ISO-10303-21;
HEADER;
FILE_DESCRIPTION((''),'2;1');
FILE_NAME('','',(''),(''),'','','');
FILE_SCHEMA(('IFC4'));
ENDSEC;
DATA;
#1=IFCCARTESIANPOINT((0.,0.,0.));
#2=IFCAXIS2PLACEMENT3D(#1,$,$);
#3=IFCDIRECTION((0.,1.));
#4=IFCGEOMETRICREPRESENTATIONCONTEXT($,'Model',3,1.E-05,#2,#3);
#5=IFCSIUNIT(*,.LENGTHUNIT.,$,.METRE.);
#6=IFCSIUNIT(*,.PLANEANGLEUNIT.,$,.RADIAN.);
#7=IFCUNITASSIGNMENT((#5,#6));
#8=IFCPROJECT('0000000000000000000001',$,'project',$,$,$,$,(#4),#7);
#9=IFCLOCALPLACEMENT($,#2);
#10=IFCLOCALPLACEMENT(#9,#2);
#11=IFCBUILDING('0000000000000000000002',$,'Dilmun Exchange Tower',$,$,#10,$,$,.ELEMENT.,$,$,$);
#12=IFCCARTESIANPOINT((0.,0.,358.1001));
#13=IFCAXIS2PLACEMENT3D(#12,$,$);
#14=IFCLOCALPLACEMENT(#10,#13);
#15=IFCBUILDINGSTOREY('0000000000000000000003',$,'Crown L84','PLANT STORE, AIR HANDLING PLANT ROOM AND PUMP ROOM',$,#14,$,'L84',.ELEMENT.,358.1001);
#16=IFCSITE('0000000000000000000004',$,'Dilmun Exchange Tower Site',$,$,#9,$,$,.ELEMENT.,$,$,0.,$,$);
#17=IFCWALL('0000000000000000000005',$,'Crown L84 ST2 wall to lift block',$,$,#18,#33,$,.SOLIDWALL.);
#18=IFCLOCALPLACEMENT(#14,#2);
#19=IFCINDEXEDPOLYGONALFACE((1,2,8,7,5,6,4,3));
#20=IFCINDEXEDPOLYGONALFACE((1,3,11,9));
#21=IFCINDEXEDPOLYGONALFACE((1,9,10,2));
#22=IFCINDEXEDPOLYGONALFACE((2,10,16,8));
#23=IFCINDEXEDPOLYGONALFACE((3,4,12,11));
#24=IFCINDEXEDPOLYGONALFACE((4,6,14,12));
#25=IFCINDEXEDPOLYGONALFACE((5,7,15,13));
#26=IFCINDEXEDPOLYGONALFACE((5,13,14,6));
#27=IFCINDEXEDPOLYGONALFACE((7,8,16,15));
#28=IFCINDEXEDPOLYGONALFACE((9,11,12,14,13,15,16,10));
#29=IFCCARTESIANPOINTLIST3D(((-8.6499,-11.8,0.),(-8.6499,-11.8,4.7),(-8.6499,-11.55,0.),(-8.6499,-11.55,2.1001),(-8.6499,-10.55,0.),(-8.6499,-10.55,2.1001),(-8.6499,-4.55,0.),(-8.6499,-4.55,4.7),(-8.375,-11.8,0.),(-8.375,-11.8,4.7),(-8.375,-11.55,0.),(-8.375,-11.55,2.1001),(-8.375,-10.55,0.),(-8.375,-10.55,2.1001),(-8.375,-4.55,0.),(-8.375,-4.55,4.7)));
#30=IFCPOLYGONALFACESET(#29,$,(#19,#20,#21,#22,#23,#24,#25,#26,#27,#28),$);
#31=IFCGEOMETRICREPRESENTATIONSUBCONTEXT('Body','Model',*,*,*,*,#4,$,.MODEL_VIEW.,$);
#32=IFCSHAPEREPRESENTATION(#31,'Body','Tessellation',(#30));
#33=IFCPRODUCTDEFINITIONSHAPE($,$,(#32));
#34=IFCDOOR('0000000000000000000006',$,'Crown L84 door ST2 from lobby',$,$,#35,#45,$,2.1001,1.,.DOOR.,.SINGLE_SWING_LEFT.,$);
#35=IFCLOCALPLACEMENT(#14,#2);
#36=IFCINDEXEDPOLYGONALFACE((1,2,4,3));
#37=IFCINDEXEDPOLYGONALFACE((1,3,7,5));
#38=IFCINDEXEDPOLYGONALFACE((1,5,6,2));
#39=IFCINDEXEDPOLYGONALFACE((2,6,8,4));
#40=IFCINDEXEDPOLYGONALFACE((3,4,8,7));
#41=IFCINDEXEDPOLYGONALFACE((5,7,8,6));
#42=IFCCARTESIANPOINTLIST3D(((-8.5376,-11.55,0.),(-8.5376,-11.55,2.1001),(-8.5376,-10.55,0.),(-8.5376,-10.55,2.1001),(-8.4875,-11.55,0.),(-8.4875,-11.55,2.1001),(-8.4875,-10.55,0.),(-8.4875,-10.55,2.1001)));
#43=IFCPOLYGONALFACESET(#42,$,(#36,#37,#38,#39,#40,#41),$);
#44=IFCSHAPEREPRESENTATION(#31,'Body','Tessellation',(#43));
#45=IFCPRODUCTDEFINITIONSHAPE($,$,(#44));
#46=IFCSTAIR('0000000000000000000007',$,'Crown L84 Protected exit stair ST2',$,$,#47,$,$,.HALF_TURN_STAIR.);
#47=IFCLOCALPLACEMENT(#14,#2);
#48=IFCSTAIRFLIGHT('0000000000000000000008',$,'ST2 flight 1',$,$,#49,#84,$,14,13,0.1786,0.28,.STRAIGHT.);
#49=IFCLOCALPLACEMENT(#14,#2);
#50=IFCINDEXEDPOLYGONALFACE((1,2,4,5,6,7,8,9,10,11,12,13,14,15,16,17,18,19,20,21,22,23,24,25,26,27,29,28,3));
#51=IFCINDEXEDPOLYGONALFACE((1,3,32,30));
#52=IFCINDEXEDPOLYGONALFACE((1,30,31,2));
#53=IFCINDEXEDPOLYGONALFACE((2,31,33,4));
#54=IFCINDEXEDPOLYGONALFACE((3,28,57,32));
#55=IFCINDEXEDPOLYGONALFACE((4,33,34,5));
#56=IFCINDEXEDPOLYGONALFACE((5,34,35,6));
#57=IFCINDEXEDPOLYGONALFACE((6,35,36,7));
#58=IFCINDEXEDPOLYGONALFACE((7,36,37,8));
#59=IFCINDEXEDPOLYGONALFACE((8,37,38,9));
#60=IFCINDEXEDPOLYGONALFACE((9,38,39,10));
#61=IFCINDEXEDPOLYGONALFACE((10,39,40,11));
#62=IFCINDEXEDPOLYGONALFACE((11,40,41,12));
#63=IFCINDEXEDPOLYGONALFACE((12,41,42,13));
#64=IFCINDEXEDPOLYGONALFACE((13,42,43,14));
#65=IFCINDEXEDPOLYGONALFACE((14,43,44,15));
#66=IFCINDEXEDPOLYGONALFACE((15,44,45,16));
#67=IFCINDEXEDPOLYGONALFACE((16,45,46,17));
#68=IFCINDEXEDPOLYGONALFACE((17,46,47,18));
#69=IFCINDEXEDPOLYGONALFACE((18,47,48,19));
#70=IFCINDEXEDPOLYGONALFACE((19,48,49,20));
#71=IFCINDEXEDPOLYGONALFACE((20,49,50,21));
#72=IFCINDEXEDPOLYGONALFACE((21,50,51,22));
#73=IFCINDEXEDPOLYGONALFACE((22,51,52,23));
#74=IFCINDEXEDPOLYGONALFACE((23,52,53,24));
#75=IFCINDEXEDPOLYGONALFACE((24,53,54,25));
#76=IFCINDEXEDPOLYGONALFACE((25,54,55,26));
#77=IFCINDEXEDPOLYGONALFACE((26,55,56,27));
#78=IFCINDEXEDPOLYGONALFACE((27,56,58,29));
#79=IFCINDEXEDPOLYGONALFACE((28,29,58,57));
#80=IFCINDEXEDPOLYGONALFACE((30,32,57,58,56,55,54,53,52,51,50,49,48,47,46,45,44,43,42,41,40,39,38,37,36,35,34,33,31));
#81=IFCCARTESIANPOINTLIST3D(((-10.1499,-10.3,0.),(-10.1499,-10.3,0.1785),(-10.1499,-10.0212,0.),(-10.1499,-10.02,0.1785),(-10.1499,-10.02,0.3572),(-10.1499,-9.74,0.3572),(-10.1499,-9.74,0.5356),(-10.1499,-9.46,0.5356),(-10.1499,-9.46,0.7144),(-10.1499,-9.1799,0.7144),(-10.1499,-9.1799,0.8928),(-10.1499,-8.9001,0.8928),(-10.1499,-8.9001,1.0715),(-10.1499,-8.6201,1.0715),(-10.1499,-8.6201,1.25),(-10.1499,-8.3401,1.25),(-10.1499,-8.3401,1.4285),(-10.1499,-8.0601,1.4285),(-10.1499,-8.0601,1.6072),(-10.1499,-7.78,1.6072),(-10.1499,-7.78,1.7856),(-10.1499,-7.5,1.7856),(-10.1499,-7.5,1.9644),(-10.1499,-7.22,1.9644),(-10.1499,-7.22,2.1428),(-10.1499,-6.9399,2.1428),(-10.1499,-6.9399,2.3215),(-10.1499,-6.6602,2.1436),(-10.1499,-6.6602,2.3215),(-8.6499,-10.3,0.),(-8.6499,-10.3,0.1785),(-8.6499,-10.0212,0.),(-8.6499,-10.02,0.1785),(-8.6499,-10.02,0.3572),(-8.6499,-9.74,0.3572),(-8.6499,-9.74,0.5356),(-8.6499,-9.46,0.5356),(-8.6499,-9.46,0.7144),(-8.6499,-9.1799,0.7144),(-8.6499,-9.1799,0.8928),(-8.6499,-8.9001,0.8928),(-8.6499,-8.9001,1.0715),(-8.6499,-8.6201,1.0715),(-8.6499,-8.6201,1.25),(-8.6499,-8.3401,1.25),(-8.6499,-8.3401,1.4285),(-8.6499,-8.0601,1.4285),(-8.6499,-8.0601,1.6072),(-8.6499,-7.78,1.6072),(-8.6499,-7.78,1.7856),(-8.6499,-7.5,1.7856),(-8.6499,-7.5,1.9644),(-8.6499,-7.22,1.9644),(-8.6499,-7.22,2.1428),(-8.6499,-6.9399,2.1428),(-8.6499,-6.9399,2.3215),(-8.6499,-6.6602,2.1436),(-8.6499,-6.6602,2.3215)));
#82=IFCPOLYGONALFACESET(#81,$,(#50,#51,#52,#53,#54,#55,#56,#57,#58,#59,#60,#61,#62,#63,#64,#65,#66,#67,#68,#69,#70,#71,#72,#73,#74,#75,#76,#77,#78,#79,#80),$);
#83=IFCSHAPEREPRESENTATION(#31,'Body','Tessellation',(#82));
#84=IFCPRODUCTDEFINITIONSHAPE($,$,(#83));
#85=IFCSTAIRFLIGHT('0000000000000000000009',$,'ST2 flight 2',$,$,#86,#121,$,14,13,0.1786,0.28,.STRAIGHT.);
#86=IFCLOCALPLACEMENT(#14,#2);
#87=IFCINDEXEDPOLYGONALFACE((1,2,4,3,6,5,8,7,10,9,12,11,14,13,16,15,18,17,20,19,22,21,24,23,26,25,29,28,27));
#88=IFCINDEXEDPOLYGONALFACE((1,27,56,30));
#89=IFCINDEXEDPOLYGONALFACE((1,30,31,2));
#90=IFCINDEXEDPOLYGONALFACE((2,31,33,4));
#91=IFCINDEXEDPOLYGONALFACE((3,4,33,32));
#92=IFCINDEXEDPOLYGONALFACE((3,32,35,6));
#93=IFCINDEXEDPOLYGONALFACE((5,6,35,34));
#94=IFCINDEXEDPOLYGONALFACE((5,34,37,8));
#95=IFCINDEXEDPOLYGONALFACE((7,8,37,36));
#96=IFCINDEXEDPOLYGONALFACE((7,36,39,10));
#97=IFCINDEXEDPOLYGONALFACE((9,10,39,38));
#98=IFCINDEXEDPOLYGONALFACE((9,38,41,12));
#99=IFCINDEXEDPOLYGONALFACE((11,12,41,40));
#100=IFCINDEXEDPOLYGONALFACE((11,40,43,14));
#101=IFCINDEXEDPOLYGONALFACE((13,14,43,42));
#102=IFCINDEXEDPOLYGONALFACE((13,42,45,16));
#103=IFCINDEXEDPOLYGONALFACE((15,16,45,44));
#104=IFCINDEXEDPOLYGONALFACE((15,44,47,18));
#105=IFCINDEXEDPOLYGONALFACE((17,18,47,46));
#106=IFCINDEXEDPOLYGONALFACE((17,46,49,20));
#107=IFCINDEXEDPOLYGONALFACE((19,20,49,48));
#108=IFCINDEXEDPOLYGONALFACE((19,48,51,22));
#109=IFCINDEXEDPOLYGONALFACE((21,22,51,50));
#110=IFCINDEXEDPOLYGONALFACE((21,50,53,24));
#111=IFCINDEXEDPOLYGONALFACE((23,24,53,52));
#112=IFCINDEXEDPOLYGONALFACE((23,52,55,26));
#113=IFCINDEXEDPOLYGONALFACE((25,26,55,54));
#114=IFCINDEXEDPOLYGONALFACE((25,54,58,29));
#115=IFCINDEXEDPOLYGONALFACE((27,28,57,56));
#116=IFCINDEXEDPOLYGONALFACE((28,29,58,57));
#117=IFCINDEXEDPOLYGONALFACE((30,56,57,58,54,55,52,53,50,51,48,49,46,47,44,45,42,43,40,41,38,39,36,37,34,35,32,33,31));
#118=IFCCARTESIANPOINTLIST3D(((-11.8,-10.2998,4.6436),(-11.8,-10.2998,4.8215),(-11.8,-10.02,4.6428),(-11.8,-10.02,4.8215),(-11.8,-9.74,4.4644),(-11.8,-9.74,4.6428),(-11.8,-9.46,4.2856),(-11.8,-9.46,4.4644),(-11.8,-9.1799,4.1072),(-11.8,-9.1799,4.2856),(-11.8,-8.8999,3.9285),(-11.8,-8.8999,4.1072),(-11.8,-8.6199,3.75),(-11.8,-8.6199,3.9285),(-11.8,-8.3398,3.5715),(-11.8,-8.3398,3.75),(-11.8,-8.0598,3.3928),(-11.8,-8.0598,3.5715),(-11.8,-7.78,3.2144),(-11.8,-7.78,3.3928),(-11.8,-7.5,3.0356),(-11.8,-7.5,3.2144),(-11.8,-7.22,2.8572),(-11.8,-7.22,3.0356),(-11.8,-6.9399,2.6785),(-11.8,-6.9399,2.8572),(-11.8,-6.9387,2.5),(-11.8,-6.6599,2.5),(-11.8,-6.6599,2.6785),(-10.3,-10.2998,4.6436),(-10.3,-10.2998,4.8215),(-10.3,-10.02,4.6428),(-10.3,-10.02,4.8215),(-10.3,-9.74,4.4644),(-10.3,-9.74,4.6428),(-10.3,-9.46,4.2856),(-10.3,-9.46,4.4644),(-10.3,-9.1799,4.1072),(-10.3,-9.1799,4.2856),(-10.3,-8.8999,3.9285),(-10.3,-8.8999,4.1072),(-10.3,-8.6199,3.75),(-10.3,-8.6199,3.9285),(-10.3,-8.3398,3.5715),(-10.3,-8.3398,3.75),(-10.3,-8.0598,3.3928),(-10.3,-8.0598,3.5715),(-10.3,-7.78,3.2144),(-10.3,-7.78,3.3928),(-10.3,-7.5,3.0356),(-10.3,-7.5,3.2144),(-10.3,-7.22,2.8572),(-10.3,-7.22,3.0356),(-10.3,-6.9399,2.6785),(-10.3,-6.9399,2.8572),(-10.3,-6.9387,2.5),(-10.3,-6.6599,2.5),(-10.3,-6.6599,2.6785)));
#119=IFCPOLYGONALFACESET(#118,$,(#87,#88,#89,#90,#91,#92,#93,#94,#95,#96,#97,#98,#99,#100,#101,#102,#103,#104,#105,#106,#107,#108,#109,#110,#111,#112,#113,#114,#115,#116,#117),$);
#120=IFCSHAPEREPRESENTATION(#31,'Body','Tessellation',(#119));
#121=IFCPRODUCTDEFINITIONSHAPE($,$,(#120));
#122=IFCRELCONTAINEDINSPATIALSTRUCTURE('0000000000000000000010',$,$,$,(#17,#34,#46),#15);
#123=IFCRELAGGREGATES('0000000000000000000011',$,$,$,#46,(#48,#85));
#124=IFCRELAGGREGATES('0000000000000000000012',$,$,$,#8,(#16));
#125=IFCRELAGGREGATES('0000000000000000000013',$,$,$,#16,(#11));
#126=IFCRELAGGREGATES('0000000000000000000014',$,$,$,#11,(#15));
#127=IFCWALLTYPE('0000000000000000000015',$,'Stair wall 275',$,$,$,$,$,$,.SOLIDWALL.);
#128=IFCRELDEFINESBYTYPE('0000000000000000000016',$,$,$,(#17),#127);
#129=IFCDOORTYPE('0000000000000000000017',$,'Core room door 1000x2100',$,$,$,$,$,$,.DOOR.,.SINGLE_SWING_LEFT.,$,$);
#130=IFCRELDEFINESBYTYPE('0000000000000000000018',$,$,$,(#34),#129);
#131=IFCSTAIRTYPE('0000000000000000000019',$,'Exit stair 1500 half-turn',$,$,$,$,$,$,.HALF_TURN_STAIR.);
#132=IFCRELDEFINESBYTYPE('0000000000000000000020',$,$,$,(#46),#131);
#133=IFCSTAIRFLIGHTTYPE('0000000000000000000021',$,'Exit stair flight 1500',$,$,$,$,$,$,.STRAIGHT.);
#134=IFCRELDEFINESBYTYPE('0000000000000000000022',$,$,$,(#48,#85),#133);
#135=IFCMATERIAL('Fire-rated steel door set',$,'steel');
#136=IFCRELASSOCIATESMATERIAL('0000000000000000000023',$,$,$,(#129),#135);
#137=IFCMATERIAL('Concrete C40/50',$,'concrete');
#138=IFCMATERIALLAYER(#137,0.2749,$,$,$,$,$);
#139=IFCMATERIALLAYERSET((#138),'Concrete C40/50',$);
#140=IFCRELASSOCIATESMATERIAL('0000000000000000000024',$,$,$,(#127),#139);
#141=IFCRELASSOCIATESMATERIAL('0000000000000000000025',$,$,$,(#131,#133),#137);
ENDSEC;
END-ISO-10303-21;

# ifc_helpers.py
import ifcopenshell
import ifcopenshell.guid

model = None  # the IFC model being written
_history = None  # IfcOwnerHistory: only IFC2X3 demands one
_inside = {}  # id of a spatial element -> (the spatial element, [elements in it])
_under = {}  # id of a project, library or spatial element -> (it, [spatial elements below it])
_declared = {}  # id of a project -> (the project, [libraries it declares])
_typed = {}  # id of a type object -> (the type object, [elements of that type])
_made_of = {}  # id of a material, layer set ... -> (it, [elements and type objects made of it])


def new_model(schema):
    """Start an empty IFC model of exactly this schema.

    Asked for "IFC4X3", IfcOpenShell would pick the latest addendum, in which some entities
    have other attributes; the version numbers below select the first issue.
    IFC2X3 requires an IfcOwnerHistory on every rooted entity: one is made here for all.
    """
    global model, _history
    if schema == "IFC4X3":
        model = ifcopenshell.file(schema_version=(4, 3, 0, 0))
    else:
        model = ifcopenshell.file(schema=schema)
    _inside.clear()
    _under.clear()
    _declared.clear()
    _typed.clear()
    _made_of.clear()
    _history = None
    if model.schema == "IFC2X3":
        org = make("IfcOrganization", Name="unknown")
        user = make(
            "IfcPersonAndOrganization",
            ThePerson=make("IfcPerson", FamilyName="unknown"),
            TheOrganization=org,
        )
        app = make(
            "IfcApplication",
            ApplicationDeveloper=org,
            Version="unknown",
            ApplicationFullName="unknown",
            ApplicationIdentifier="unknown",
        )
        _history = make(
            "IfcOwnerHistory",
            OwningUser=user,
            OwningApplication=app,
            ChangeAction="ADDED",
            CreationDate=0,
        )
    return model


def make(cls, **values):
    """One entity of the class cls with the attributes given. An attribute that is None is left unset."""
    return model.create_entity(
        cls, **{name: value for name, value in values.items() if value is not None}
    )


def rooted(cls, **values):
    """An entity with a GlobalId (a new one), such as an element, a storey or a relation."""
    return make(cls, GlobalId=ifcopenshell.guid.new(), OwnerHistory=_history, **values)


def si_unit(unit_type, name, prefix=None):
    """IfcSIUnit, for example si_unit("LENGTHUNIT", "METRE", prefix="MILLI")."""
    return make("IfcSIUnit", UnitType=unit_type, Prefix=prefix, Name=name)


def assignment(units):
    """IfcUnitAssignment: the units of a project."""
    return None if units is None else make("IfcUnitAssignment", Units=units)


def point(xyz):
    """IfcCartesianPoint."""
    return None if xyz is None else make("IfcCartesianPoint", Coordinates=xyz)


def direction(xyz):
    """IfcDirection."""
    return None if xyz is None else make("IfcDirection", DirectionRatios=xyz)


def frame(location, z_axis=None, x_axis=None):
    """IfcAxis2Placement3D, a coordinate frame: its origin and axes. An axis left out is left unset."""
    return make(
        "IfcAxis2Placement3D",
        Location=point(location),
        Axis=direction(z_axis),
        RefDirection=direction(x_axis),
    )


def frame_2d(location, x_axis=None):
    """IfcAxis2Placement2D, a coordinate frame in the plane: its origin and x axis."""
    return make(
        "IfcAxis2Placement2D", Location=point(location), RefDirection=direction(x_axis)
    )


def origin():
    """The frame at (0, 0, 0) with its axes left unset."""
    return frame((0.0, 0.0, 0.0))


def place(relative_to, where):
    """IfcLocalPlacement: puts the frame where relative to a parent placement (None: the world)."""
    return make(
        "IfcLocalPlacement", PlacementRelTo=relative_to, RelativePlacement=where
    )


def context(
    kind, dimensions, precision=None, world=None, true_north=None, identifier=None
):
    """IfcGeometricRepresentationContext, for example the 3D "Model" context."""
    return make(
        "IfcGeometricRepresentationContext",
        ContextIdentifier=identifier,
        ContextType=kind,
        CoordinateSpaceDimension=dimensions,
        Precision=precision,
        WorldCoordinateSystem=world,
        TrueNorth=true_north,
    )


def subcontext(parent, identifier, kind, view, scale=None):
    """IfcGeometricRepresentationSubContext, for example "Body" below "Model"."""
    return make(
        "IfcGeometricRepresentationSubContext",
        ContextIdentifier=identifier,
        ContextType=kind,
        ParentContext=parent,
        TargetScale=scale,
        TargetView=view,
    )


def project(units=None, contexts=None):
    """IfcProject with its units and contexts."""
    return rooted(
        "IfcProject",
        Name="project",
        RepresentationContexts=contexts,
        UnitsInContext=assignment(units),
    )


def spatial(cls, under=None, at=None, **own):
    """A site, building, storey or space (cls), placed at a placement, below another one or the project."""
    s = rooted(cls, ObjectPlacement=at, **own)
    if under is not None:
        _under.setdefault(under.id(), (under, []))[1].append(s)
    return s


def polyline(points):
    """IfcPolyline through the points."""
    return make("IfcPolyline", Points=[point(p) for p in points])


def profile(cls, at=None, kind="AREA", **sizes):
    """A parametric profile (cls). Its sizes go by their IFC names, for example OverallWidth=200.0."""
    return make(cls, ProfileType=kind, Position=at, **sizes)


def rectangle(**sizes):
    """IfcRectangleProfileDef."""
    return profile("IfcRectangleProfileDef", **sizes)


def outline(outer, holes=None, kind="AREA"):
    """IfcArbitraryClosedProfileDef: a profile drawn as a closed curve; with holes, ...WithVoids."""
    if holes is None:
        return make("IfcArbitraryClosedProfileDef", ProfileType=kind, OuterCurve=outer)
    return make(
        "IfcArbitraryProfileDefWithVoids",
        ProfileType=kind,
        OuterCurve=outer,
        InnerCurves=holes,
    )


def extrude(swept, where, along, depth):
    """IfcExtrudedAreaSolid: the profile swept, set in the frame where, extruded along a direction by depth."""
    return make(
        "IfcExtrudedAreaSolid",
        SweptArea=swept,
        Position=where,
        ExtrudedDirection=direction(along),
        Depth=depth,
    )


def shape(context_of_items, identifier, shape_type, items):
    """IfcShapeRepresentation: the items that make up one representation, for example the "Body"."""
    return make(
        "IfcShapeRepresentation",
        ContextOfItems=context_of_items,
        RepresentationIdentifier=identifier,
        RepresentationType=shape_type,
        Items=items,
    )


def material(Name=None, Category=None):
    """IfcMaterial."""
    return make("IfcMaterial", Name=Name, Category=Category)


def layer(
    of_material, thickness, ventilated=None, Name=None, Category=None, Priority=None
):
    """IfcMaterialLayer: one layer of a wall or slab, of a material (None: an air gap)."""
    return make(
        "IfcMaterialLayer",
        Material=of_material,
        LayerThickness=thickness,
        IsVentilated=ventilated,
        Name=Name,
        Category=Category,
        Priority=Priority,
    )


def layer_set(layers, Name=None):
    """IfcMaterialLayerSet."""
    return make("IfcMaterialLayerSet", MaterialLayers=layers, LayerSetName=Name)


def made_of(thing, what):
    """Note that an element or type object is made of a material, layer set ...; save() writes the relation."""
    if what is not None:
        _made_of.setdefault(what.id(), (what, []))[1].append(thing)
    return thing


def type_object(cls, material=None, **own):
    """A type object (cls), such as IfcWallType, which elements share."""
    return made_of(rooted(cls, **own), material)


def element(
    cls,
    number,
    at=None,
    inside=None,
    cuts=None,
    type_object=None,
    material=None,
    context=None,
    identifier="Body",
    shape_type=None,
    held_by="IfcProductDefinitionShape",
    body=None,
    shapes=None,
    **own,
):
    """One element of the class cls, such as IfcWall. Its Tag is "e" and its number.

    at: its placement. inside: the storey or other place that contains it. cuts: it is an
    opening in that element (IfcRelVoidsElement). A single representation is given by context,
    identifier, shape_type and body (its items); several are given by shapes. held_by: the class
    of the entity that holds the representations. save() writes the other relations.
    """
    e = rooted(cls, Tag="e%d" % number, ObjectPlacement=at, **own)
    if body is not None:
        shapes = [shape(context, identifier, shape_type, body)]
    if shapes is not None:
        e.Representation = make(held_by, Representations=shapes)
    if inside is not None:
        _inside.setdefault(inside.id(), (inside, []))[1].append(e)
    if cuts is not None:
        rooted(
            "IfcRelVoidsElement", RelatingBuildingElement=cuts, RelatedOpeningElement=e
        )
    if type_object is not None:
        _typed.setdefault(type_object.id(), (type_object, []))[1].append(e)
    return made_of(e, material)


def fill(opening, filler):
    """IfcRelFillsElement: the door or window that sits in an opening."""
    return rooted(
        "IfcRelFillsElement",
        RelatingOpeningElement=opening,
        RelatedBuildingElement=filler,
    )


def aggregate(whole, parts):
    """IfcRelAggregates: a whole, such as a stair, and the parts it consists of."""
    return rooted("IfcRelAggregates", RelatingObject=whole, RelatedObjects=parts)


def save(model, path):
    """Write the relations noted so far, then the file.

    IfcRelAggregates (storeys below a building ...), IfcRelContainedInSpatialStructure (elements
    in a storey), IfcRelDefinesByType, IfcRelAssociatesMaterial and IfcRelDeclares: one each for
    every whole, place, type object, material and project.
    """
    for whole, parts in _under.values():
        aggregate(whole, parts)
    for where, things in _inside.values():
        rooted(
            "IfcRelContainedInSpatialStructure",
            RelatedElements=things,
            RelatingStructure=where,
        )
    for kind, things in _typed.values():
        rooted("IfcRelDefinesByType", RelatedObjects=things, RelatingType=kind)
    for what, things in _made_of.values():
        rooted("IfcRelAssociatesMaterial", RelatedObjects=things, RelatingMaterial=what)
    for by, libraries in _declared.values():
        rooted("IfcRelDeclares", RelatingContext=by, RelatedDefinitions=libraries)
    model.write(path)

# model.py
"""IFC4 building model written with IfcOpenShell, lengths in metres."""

from ifc_helpers import new_model, si_unit, direction, frame, frame_2d, origin, place, context, subcontext, project, spatial, polyline, rectangle, outline, extrude, material, layer, layer_set, type_object, element, fill, aggregate, save


model = new_model("IFC4")

# Units and contexts
model_context = context("Model", 3, precision=1e-05, world=origin(), true_north=direction((0.0, 1.0)))
body_context = subcontext(model_context, "Body", "Model", "MODEL_VIEW")
ifc_project = project(units=[si_unit("LENGTHUNIT", "METRE"), si_unit("PLANEANGLEUNIT", "RADIAN")], contexts=[model_context])

# Site, building, storey
site_placement = place(None, origin())
site = spatial("IfcSite", under=ifc_project, at=site_placement, Name="Dilmun Exchange Tower Site", CompositionType="ELEMENT", RefElevation=0.0)
building_placement = place(site_placement, origin())
building = spatial("IfcBuilding", under=site, at=building_placement, Name="Dilmun Exchange Tower", CompositionType="ELEMENT")
storey_placement = place(building_placement, frame((0.0, 0.0, 358.1001)))
storey = spatial("IfcBuildingStorey", under=building, at=storey_placement, Name="Crown L84", Description="PLANT STORE, AIR HANDLING PLANT ROOM AND PUMP ROOM", LongName="L84", CompositionType="ELEMENT", Elevation=358.1001)

# Shared definitions
ifc_material_1 = material(Name="Concrete C40/50", Category="concrete")

# Shared definitions
ifc_material_2 = material(Name="Fire-rated steel door set", Category="steel")
door_type_1 = type_object("IfcDoorType", Name="Core room door 1000x2100", OperationType="SINGLE_SWING_LEFT", PredefinedType="DOOR", material=ifc_material_2)

# Wall, opening, door
ifc_layer_1 = layer(ifc_material_1, 0.2749)
ifc_layer_set_1 = layer_set([ifc_layer_1], Name="Concrete C40/50")
wall_type_1 = type_object("IfcWallType", Name="Stair wall 275", PredefinedType="SOLIDWALL", material=ifc_layer_set_1)
wall_1_placement = place(storey_placement, frame((-8.5125, -4.55, 0.0), z_axis=(0.0, 0.0, 1.0), x_axis=(0.0, -1.0, 0.0)))
wall_1 = element("IfcWall", 1, at=wall_1_placement, inside=storey, type_object=wall_type_1, Name="Crown L84 ST2 wall to lift block", PredefinedType="SOLIDWALL", context=body_context, shape_type="SweptSolid", body=[
    extrude(rectangle(XDim=7.25, YDim=0.2749, at=frame_2d((3.625, 0.0))), origin(), (0.0, 0.0, 1.0), 4.7),
])
opening_1_placement = place(wall_1_placement, frame((6.0, 0.0, 0.0)))
opening_1 = element("IfcOpeningElement", 2, at=opening_1_placement, cuts=wall_1, PredefinedType="OPENING", context=body_context, shape_type="SweptSolid", body=[
    extrude(rectangle(XDim=1.0, YDim=2.1001, at=frame_2d((0.5, 1.05))), frame((0.0, 0.1475, 0.0), z_axis=(0.0, -1.0, 0.0), x_axis=(1.0, 0.0, 0.0)), (0.0, 0.0, 1.0), 0.2949),
])
door_1_placement = place(opening_1_placement, origin())
door_1 = element("IfcDoor", 3, at=door_1_placement, inside=storey, type_object=door_type_1, Name="Crown L84 door ST2 from lobby", OperationType="SINGLE_SWING_LEFT", OverallHeight=2.1001, OverallWidth=1.0, PredefinedType="DOOR", context=body_context, shape_type="SweptSolid", body=[
    extrude(rectangle(XDim=1.0, YDim=2.1001, at=frame_2d((0.5, 1.05))), frame((0.0, 0.0249, 0.0), z_axis=(0.0, -1.0, 0.0), x_axis=(1.0, 0.0, 0.0)), (0.0, 0.0, 1.0), 0.05),
])
fill(opening_1, door_1)

# Stair, stair flights
stair_type = type_object("IfcStairType", Name="Exit stair 1500 half-turn", PredefinedType="HALF_TURN_STAIR", material=ifc_material_1)
stair_placement = place(storey_placement, origin())
stair = element("IfcStair", 4, at=stair_placement, inside=storey, type_object=stair_type, Name="Crown L84 Protected exit stair ST2", PredefinedType="HALF_TURN_STAIR")
stair_flight_type = type_object("IfcStairFlightType", Name="Exit stair flight 1500", PredefinedType="STRAIGHT", material=ifc_material_1)
stair_flight_1_placement = place(storey_placement, frame((-9.3999, -10.3, 0.0), z_axis=(0.0, 0.0, 1.0), x_axis=(0.0, 1.0, 0.0)))
stair_flight_1 = element("IfcStairFlight", 5, at=stair_flight_1_placement, type_object=stair_flight_type, Name="ST2 flight 1", NumberOfRisers=14, NumberOfTreads=13, PredefinedType="STRAIGHT", RiserHeight=0.1786, TreadLength=0.28, context=body_context, shape_type="SweptSolid", body=[
    extrude(outline(polyline([(0.0, 0.0), (0.0, 0.1785), (0.28, 0.1785), (0.28, 0.3572), (0.5601, 0.3572), (0.5601, 0.5356), (0.8401, 0.5356), (0.8401, 0.7144), (1.1201, 0.7144), (1.1201, 0.8928), (1.3999, 0.8928), (1.3999, 1.0715), (1.6799, 1.0715), (1.6799, 1.25), (1.96, 1.25), (1.96, 1.4285), (2.24, 1.4285), (2.24, 1.6072), (2.52, 1.6072), (2.52, 1.7856), (2.8, 1.7856), (2.8, 1.9644), (3.0801, 1.9644), (3.0801, 2.1428), (3.3601, 2.1428), (3.3601, 2.3215), (3.6399, 2.3215), (3.6399, 2.5), (3.6399, 2.1436), (0.2788, 0.0), (0.0, 0.0)])), frame((0.0, 0.75, 0.0), z_axis=(0.0, -1.0, 0.0), x_axis=(1.0, 0.0, 0.0)), (0.0, 0.0, 1.0), 1.5),
])
stair_flight_2_placement = place(storey_placement, frame((-11.05, -6.6599, 2.5), z_axis=(0.0, 0.0, 1.0), x_axis=(0.0, -1.0, 0.0)))
stair_flight_2 = element("IfcStairFlight", 6, at=stair_flight_2_placement, type_object=stair_flight_type, Name="ST2 flight 2", NumberOfRisers=14, NumberOfTreads=13, PredefinedType="STRAIGHT", RiserHeight=0.1786, TreadLength=0.28, context=body_context, shape_type="SweptSolid", body=[
    extrude(outline(polyline([(0.0, 0.0), (0.0, 0.1785), (0.28, 0.1785), (0.28, 0.3572), (0.5601, 0.3572), (0.5601, 0.5356), (0.8401, 0.5356), (0.8401, 0.7144), (1.1201, 0.7144), (1.1201, 0.8928), (1.3999, 0.8928), (1.3999, 1.0715), (1.6799, 1.0715), (1.6799, 1.25), (1.96, 1.25), (1.96, 1.4285), (2.24, 1.4285), (2.24, 1.6072), (2.52, 1.6072), (2.52, 1.7856), (2.8, 1.7856), (2.8, 1.9644), (3.0801, 1.9644), (3.0801, 2.1428), (3.3601, 2.1428), (3.3601, 2.3215), (3.6399, 2.3215), (3.6399, 2.5), (3.6399, 2.1436), (0.2788, 0.0), (0.0, 0.0)])), frame((0.0, 0.75, 0.0), z_axis=(0.0, -1.0, 0.0), x_axis=(1.0, 0.0, 0.0)), (0.0, 0.0, 1.0), 1.5),
])
aggregate(stair, [stair_flight_1, stair_flight_2])

save(model, "model.ifc")
